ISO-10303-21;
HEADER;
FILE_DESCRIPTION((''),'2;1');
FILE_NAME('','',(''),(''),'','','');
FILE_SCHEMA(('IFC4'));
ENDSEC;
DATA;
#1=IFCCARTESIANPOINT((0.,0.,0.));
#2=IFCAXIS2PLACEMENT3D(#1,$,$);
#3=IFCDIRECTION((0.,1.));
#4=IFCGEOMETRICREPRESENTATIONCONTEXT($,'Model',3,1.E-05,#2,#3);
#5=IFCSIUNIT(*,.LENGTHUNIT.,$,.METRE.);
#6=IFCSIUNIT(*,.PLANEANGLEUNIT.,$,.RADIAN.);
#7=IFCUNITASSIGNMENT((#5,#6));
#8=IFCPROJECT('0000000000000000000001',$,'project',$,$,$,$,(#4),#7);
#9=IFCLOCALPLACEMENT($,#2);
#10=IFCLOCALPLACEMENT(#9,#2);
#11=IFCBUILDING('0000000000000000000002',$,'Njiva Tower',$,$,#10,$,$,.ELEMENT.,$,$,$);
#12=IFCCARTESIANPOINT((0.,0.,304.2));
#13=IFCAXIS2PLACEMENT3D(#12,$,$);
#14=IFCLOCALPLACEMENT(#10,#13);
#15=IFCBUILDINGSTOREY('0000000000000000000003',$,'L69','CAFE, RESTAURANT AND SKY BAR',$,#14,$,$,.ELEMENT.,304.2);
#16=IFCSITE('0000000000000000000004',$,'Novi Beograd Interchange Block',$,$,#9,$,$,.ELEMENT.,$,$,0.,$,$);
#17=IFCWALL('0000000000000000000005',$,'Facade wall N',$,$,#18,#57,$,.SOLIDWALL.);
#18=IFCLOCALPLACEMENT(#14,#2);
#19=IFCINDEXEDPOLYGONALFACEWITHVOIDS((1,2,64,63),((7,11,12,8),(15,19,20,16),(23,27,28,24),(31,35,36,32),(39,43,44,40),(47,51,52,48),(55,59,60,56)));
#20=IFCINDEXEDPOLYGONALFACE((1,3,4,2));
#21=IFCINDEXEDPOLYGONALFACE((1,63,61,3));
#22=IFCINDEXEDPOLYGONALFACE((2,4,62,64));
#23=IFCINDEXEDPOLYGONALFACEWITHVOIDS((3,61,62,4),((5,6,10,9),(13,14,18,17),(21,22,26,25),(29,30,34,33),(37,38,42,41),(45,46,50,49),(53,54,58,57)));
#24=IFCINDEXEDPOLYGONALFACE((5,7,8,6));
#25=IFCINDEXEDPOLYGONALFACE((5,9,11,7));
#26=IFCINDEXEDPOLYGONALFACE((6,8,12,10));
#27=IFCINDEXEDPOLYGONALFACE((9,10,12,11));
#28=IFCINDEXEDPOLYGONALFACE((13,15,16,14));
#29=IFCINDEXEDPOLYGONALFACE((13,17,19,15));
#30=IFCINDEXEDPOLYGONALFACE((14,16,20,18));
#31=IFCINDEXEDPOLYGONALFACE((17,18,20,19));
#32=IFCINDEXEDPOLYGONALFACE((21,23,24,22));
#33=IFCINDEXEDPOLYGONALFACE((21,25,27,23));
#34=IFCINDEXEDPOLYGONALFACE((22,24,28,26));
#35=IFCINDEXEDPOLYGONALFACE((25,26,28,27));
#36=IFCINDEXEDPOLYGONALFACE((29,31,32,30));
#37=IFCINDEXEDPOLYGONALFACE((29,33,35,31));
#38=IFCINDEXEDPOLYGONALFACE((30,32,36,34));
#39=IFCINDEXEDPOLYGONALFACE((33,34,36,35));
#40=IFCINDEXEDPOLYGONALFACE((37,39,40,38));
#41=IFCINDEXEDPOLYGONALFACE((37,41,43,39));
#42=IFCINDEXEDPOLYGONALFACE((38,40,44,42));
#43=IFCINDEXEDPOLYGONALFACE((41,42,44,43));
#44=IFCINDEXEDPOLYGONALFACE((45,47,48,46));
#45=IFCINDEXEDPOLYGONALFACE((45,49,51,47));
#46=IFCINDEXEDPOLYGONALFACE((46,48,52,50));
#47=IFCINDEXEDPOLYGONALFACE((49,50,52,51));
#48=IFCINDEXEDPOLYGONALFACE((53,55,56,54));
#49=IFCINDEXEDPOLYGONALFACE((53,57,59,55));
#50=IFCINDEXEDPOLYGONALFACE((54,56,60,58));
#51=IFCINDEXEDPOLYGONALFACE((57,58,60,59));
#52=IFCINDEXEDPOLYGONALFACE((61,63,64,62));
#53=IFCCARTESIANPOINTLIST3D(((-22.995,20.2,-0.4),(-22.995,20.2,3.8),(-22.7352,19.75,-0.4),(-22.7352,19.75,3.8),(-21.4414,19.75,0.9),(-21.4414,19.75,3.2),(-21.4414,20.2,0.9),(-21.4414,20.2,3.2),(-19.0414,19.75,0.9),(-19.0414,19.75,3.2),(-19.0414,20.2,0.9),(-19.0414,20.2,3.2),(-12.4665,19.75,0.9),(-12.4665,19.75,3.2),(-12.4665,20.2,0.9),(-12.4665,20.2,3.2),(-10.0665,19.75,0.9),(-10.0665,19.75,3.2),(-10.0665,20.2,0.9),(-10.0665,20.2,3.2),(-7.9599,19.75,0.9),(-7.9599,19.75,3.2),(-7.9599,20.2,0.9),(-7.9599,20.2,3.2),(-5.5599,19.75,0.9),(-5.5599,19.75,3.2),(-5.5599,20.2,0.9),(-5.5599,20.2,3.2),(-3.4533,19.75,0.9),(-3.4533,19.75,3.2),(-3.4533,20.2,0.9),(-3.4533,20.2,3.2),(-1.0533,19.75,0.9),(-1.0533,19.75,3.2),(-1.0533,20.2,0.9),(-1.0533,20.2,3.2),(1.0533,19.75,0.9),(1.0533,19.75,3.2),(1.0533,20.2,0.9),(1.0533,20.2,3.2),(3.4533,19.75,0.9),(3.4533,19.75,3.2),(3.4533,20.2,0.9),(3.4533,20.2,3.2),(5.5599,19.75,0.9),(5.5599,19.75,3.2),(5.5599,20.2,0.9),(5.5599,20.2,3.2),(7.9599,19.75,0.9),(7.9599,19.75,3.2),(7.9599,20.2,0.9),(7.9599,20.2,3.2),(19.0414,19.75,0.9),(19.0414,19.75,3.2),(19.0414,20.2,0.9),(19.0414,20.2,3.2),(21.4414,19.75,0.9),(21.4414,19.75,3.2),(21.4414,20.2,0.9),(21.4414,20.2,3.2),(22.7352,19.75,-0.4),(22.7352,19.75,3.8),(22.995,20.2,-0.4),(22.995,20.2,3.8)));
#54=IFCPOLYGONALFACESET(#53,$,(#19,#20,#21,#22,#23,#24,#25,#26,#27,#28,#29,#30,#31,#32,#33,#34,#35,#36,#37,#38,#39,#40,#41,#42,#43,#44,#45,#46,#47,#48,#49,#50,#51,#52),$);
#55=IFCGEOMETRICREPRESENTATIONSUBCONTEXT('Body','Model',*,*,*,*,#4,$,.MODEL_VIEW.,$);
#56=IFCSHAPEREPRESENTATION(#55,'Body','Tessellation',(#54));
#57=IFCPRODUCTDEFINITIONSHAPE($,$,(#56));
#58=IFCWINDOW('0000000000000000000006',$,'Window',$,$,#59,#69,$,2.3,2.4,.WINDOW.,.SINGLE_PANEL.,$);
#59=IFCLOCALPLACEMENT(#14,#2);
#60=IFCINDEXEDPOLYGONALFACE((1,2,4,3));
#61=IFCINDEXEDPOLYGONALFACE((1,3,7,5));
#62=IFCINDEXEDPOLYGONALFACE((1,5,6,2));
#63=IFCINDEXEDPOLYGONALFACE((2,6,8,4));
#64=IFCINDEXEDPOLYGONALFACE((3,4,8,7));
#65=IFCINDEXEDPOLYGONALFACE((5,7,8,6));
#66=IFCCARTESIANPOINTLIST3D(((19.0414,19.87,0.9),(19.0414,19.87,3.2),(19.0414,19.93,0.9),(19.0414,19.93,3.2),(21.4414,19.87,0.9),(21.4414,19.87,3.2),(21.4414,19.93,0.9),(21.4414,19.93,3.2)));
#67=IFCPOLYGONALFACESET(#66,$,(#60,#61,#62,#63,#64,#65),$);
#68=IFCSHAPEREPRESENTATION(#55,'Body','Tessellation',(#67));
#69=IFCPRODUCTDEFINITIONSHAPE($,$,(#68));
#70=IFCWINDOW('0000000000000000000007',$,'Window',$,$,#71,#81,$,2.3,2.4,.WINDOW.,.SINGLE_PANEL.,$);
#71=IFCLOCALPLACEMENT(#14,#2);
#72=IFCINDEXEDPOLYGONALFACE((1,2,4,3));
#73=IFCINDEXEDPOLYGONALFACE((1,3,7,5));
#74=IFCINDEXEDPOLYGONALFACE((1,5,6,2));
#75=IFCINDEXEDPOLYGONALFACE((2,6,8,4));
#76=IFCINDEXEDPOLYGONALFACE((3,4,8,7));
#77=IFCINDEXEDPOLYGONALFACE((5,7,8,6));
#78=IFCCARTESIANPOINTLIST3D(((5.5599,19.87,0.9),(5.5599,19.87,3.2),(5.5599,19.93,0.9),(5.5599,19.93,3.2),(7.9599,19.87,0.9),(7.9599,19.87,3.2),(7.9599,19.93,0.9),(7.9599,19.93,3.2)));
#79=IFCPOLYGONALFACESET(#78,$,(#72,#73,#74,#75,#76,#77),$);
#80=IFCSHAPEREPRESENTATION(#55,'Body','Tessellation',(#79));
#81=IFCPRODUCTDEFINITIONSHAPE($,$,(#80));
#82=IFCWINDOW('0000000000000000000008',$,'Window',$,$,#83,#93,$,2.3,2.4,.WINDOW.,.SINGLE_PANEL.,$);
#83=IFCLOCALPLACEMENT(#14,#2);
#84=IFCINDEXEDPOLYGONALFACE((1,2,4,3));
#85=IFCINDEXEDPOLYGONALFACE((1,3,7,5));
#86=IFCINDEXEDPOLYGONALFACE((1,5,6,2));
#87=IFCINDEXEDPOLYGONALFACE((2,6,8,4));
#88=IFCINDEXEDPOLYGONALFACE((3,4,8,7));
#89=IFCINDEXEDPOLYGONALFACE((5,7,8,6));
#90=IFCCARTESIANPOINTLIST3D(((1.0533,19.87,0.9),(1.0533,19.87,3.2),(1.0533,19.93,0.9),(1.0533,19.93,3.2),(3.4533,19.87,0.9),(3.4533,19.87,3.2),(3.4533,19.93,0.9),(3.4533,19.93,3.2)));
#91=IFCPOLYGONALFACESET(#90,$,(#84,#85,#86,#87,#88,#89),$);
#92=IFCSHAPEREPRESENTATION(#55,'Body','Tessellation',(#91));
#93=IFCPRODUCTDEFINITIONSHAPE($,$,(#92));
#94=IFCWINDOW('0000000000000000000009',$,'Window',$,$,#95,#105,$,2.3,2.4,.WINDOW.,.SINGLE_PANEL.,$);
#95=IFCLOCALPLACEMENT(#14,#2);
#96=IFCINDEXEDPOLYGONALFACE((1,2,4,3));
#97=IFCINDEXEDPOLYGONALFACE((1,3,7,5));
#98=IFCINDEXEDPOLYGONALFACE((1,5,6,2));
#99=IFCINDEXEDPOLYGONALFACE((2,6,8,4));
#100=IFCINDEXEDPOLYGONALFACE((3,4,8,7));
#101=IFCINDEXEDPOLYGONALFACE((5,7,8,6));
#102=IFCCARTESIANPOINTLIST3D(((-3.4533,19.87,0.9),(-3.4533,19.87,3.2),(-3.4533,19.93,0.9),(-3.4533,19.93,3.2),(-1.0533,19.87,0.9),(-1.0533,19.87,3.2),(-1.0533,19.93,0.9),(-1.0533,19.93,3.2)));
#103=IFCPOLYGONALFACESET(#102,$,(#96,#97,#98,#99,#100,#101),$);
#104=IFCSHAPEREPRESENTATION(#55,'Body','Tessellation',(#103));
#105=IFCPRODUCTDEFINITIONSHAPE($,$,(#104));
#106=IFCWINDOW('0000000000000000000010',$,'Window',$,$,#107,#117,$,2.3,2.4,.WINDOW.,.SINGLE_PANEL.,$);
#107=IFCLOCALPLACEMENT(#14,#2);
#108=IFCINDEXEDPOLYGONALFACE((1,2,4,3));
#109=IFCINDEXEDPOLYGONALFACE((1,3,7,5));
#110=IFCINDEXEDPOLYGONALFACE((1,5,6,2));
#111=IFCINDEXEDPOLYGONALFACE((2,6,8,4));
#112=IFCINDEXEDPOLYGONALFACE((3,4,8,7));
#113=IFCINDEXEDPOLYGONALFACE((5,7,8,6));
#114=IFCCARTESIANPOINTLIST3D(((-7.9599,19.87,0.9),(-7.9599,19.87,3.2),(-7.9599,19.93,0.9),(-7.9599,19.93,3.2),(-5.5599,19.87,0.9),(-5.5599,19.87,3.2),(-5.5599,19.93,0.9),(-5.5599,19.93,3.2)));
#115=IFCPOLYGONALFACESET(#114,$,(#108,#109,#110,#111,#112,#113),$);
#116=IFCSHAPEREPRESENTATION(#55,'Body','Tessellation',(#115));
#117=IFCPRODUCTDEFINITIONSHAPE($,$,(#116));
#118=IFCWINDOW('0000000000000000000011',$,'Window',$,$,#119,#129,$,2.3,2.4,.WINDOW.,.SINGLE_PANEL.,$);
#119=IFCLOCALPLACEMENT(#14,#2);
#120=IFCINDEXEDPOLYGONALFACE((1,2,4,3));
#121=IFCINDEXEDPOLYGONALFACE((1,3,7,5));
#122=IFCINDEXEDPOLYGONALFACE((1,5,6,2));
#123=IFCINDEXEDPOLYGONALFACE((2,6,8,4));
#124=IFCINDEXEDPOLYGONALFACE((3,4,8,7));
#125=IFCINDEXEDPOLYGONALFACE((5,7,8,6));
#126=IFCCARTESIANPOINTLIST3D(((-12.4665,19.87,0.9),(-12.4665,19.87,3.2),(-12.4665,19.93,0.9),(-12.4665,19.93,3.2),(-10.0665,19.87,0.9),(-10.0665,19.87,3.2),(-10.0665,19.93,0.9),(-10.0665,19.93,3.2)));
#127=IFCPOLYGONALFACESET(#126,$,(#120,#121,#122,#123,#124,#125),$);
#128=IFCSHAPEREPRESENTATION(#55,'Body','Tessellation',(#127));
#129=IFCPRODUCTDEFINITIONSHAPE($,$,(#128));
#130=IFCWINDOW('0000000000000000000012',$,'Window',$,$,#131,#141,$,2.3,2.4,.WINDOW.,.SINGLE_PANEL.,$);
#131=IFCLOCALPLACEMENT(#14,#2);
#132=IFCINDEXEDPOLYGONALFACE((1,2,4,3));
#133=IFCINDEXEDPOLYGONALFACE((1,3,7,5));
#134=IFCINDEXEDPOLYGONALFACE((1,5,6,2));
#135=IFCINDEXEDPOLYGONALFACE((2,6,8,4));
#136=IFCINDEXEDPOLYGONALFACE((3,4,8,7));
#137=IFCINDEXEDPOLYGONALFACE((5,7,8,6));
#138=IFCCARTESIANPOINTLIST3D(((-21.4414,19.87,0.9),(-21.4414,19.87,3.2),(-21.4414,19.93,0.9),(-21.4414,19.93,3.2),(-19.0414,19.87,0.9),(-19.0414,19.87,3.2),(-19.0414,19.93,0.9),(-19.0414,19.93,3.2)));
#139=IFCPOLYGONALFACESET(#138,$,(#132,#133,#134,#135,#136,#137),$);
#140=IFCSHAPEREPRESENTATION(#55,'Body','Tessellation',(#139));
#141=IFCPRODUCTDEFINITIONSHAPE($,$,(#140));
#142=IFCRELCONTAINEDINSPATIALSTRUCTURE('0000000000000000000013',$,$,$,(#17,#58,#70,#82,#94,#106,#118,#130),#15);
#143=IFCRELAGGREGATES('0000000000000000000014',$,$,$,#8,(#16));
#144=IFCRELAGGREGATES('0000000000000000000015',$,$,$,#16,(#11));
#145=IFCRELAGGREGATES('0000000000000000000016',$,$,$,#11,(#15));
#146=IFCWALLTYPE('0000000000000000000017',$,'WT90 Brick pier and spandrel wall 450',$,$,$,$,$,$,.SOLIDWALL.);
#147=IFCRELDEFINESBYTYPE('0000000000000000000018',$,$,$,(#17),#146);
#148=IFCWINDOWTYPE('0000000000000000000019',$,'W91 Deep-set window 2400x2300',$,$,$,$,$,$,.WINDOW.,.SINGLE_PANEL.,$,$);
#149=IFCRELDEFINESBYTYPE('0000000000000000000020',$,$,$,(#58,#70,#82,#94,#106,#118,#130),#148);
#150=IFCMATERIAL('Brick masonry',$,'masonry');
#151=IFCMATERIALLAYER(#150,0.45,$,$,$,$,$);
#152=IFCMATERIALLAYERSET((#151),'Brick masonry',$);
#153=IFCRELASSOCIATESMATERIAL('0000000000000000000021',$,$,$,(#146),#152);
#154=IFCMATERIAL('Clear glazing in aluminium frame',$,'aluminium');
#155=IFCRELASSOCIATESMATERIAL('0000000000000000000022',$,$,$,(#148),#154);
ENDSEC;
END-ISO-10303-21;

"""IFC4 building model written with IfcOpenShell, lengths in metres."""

from ifc_helpers import new_model, si_unit, direction, frame, frame_2d, origin, place, context, subcontext, project, spatial, polyline, rectangle, outline, extrude, material, layer, layer_set, type_object, element, fill, save


model = new_model("IFC4")

# Units and contexts
model_context = context("Model", 3, precision=1e-05, world=origin(), true_north=direction((0.0, 1.0)))
body_context = subcontext(model_context, "Body", "Model", "MODEL_VIEW")
ifc_project = project(units=[si_unit("LENGTHUNIT", "METRE"), si_unit("PLANEANGLEUNIT", "RADIAN")], contexts=[model_context])

# Site, building, storey
site_placement = place(None, origin())
site = spatial("IfcSite", under=ifc_project, at=site_placement, Name="Novi Beograd Interchange Block", CompositionType="ELEMENT", RefElevation=0.0)
building_placement = place(site_placement, origin())
building = spatial("IfcBuilding", under=site, at=building_placement, Name="Njiva Tower", CompositionType="ELEMENT")
storey_placement = place(building_placement, frame((0.0, 0.0, 304.2)))
storey = spatial("IfcBuildingStorey", under=building, at=storey_placement, Name="L69", Description="CAFE, RESTAURANT AND SKY BAR", CompositionType="ELEMENT", Elevation=304.2)

# Wall, openings, windows
ifc_material_1 = material(Name="Brick masonry", Category="masonry")
ifc_layer_1 = layer(ifc_material_1, 0.45)
ifc_layer_set_1 = layer_set([ifc_layer_1], Name="Brick masonry")
wall_type_1 = type_object("IfcWallType", Name="WT90 Brick pier and spandrel wall 450", PredefinedType="SOLIDWALL", material=ifc_layer_set_1)
wall_1_placement = place(storey_placement, frame((22.8651, 19.975, -0.4), z_axis=(0.0, 0.0, 1.0), x_axis=(-1.0, 0.0, 0.0)))
wall_1 = element("IfcWall", 1, at=wall_1_placement, inside=storey, type_object=wall_type_1, Name="Facade wall N", PredefinedType="SOLIDWALL", context=body_context, shape_type="SweptSolid", body=[
    extrude(outline(polyline([(-0.1299, -0.225), (45.8601, -0.225), (45.6003, 0.225), (0.1299, 0.225), (-0.1299, -0.225)])), origin(), (0.0, 0.0, 1.0), 4.2),
])
opening_1_placement = place(wall_1_placement, frame((1.4237, 0.0, 1.3)))
opening_1 = element("IfcOpeningElement", 2, at=opening_1_placement, cuts=wall_1, PredefinedType="OPENING", context=body_context, shape_type="SweptSolid", body=[
    extrude(rectangle(XDim=2.4, YDim=2.3, at=frame_2d((1.2, 1.15))), frame((0.0, 0.235, 0.0), z_axis=(0.0, -1.0, 0.0), x_axis=(1.0, 0.0, 0.0)), (0.0, 0.0, 1.0), 0.47),
])
opening_2_placement = place(wall_1_placement, frame((14.9052, 0.0, 1.3)))
opening_2 = element("IfcOpeningElement", 3, at=opening_2_placement, cuts=wall_1, PredefinedType="OPENING", context=body_context, shape_type="SweptSolid", body=[
    extrude(rectangle(XDim=2.4, YDim=2.3, at=frame_2d((1.2, 1.15))), frame((0.0, 0.235, 0.0), z_axis=(0.0, -1.0, 0.0), x_axis=(1.0, 0.0, 0.0)), (0.0, 0.0, 1.0), 0.47),
])
opening_3_placement = place(wall_1_placement, frame((19.4118, 0.0, 1.3)))
opening_3 = element("IfcOpeningElement", 4, at=opening_3_placement, cuts=wall_1, PredefinedType="OPENING", context=body_context, shape_type="SweptSolid", body=[
    extrude(rectangle(XDim=2.4, YDim=2.3, at=frame_2d((1.2, 1.15))), frame((0.0, 0.235, 0.0), z_axis=(0.0, -1.0, 0.0), x_axis=(1.0, 0.0, 0.0)), (0.0, 0.0, 1.0), 0.47),
])
opening_4_placement = place(wall_1_placement, frame((23.9184, 0.0, 1.3)))
opening_4 = element("IfcOpeningElement", 5, at=opening_4_placement, cuts=wall_1, PredefinedType="OPENING", context=body_context, shape_type="SweptSolid", body=[
    extrude(rectangle(XDim=2.4, YDim=2.3, at=frame_2d((1.2, 1.15))), frame((0.0, 0.235, 0.0), z_axis=(0.0, -1.0, 0.0), x_axis=(1.0, 0.0, 0.0)), (0.0, 0.0, 1.0), 0.47),
])
opening_5_placement = place(wall_1_placement, frame((28.425, 0.0, 1.3)))
opening_5 = element("IfcOpeningElement", 6, at=opening_5_placement, cuts=wall_1, PredefinedType="OPENING", context=body_context, shape_type="SweptSolid", body=[
    extrude(rectangle(XDim=2.4, YDim=2.3, at=frame_2d((1.2, 1.15))), frame((0.0, 0.235, 0.0), z_axis=(0.0, -1.0, 0.0), x_axis=(1.0, 0.0, 0.0)), (0.0, 0.0, 1.0), 0.47),
])
opening_6_placement = place(wall_1_placement, frame((32.9316, 0.0, 1.3)))
opening_6 = element("IfcOpeningElement", 7, at=opening_6_placement, cuts=wall_1, PredefinedType="OPENING", context=body_context, shape_type="SweptSolid", body=[
    extrude(rectangle(XDim=2.4, YDim=2.3, at=frame_2d((1.2, 1.15))), frame((0.0, 0.235, 0.0), z_axis=(0.0, -1.0, 0.0), x_axis=(1.0, 0.0, 0.0)), (0.0, 0.0, 1.0), 0.47),
])
opening_7_placement = place(wall_1_placement, frame((41.9065, 0.0, 1.3)))
opening_7 = element("IfcOpeningElement", 8, at=opening_7_placement, cuts=wall_1, PredefinedType="OPENING", context=body_context, shape_type="SweptSolid", body=[
    extrude(rectangle(XDim=2.4, YDim=2.3, at=frame_2d((1.2, 1.15))), frame((0.0, 0.235, 0.0), z_axis=(0.0, -1.0, 0.0), x_axis=(1.0, 0.0, 0.0)), (0.0, 0.0, 1.0), 0.47),
])
ifc_material_2 = material(Name="Clear glazing in aluminium frame", Category="aluminium")
window_type_1 = type_object("IfcWindowType", Name="W91 Deep-set window 2400x2300", PartitioningType="SINGLE_PANEL", PredefinedType="WINDOW", material=ifc_material_2)
window_1_placement = place(opening_1_placement, origin())
window_1 = element("IfcWindow", 9, at=window_1_placement, inside=storey, type_object=window_type_1, Name="Window", OverallHeight=2.3, OverallWidth=2.4, PartitioningType="SINGLE_PANEL", PredefinedType="WINDOW", context=body_context, shape_type="SweptSolid", body=[
    extrude(rectangle(XDim=2.4, YDim=2.3, at=frame_2d((1.2, 1.15))), frame((0.0, 0.105, 0.0), z_axis=(0.0, -1.0, 0.0), x_axis=(1.0, 0.0, 0.0)), (0.0, 0.0, 1.0), 0.06),
])
fill(opening_1, window_1)
window_2_placement = place(opening_2_placement, origin())
window_2 = element("IfcWindow", 10, at=window_2_placement, inside=storey, type_object=window_type_1, Name="Window", OverallHeight=2.3, OverallWidth=2.4, PartitioningType="SINGLE_PANEL", PredefinedType="WINDOW", context=body_context, shape_type="SweptSolid", body=[
    extrude(rectangle(XDim=2.4, YDim=2.3, at=frame_2d((1.2, 1.15))), frame((0.0, 0.105, 0.0), z_axis=(0.0, -1.0, 0.0), x_axis=(1.0, 0.0, 0.0)), (0.0, 0.0, 1.0), 0.06),
])
fill(opening_2, window_2)
window_3_placement = place(opening_3_placement, origin())
window_3 = element("IfcWindow", 11, at=window_3_placement, inside=storey, type_object=window_type_1, Name="Window", OverallHeight=2.3, OverallWidth=2.4, PartitioningType="SINGLE_PANEL", PredefinedType="WINDOW", context=body_context, shape_type="SweptSolid", body=[
    extrude(rectangle(XDim=2.4, YDim=2.3, at=frame_2d((1.2, 1.15))), frame((0.0, 0.105, 0.0), z_axis=(0.0, -1.0, 0.0), x_axis=(1.0, 0.0, 0.0)), (0.0, 0.0, 1.0), 0.06),
])
fill(opening_3, window_3)
window_4_placement = place(opening_4_placement, origin())
window_4 = element("IfcWindow", 12, at=window_4_placement, inside=storey, type_object=window_type_1, Name="Window", OverallHeight=2.3, OverallWidth=2.4, PartitioningType="SINGLE_PANEL", PredefinedType="WINDOW", context=body_context, shape_type="SweptSolid", body=[
    extrude(rectangle(XDim=2.4, YDim=2.3, at=frame_2d((1.2, 1.15))), frame((0.0, 0.105, 0.0), z_axis=(0.0, -1.0, 0.0), x_axis=(1.0, 0.0, 0.0)), (0.0, 0.0, 1.0), 0.06),
])
fill(opening_4, window_4)
window_5_placement = place(opening_5_placement, origin())
window_5 = element("IfcWindow", 13, at=window_5_placement, inside=storey, type_object=window_type_1, Name="Window", OverallHeight=2.3, OverallWidth=2.4, PartitioningType="SINGLE_PANEL", PredefinedType="WINDOW", context=body_context, shape_type="SweptSolid", body=[
    extrude(rectangle(XDim=2.4, YDim=2.3, at=frame_2d((1.2, 1.15))), frame((0.0, 0.105, 0.0), z_axis=(0.0, -1.0, 0.0), x_axis=(1.0, 0.0, 0.0)), (0.0, 0.0, 1.0), 0.06),
])
fill(opening_5, window_5)
window_6_placement = place(opening_6_placement, origin())
window_6 = element("IfcWindow", 14, at=window_6_placement, inside=storey, type_object=window_type_1, Name="Window", OverallHeight=2.3, OverallWidth=2.4, PartitioningType="SINGLE_PANEL", PredefinedType="WINDOW", context=body_context, shape_type="SweptSolid", body=[
    extrude(rectangle(XDim=2.4, YDim=2.3, at=frame_2d((1.2, 1.15))), frame((0.0, 0.105, 0.0), z_axis=(0.0, -1.0, 0.0), x_axis=(1.0, 0.0, 0.0)), (0.0, 0.0, 1.0), 0.06),
])
fill(opening_6, window_6)
window_7_placement = place(opening_7_placement, origin())
window_7 = element("IfcWindow", 15, at=window_7_placement, inside=storey, type_object=window_type_1, Name="Window", OverallHeight=2.3, OverallWidth=2.4, PartitioningType="SINGLE_PANEL", PredefinedType="WINDOW", context=body_context, shape_type="SweptSolid", body=[
    extrude(rectangle(XDim=2.4, YDim=2.3, at=frame_2d((1.2, 1.15))), frame((0.0, 0.105, 0.0), z_axis=(0.0, -1.0, 0.0), x_axis=(1.0, 0.0, 0.0)), (0.0, 0.0, 1.0), 0.06),
])
fill(opening_7, window_7)

save(model, "model.ifc")
